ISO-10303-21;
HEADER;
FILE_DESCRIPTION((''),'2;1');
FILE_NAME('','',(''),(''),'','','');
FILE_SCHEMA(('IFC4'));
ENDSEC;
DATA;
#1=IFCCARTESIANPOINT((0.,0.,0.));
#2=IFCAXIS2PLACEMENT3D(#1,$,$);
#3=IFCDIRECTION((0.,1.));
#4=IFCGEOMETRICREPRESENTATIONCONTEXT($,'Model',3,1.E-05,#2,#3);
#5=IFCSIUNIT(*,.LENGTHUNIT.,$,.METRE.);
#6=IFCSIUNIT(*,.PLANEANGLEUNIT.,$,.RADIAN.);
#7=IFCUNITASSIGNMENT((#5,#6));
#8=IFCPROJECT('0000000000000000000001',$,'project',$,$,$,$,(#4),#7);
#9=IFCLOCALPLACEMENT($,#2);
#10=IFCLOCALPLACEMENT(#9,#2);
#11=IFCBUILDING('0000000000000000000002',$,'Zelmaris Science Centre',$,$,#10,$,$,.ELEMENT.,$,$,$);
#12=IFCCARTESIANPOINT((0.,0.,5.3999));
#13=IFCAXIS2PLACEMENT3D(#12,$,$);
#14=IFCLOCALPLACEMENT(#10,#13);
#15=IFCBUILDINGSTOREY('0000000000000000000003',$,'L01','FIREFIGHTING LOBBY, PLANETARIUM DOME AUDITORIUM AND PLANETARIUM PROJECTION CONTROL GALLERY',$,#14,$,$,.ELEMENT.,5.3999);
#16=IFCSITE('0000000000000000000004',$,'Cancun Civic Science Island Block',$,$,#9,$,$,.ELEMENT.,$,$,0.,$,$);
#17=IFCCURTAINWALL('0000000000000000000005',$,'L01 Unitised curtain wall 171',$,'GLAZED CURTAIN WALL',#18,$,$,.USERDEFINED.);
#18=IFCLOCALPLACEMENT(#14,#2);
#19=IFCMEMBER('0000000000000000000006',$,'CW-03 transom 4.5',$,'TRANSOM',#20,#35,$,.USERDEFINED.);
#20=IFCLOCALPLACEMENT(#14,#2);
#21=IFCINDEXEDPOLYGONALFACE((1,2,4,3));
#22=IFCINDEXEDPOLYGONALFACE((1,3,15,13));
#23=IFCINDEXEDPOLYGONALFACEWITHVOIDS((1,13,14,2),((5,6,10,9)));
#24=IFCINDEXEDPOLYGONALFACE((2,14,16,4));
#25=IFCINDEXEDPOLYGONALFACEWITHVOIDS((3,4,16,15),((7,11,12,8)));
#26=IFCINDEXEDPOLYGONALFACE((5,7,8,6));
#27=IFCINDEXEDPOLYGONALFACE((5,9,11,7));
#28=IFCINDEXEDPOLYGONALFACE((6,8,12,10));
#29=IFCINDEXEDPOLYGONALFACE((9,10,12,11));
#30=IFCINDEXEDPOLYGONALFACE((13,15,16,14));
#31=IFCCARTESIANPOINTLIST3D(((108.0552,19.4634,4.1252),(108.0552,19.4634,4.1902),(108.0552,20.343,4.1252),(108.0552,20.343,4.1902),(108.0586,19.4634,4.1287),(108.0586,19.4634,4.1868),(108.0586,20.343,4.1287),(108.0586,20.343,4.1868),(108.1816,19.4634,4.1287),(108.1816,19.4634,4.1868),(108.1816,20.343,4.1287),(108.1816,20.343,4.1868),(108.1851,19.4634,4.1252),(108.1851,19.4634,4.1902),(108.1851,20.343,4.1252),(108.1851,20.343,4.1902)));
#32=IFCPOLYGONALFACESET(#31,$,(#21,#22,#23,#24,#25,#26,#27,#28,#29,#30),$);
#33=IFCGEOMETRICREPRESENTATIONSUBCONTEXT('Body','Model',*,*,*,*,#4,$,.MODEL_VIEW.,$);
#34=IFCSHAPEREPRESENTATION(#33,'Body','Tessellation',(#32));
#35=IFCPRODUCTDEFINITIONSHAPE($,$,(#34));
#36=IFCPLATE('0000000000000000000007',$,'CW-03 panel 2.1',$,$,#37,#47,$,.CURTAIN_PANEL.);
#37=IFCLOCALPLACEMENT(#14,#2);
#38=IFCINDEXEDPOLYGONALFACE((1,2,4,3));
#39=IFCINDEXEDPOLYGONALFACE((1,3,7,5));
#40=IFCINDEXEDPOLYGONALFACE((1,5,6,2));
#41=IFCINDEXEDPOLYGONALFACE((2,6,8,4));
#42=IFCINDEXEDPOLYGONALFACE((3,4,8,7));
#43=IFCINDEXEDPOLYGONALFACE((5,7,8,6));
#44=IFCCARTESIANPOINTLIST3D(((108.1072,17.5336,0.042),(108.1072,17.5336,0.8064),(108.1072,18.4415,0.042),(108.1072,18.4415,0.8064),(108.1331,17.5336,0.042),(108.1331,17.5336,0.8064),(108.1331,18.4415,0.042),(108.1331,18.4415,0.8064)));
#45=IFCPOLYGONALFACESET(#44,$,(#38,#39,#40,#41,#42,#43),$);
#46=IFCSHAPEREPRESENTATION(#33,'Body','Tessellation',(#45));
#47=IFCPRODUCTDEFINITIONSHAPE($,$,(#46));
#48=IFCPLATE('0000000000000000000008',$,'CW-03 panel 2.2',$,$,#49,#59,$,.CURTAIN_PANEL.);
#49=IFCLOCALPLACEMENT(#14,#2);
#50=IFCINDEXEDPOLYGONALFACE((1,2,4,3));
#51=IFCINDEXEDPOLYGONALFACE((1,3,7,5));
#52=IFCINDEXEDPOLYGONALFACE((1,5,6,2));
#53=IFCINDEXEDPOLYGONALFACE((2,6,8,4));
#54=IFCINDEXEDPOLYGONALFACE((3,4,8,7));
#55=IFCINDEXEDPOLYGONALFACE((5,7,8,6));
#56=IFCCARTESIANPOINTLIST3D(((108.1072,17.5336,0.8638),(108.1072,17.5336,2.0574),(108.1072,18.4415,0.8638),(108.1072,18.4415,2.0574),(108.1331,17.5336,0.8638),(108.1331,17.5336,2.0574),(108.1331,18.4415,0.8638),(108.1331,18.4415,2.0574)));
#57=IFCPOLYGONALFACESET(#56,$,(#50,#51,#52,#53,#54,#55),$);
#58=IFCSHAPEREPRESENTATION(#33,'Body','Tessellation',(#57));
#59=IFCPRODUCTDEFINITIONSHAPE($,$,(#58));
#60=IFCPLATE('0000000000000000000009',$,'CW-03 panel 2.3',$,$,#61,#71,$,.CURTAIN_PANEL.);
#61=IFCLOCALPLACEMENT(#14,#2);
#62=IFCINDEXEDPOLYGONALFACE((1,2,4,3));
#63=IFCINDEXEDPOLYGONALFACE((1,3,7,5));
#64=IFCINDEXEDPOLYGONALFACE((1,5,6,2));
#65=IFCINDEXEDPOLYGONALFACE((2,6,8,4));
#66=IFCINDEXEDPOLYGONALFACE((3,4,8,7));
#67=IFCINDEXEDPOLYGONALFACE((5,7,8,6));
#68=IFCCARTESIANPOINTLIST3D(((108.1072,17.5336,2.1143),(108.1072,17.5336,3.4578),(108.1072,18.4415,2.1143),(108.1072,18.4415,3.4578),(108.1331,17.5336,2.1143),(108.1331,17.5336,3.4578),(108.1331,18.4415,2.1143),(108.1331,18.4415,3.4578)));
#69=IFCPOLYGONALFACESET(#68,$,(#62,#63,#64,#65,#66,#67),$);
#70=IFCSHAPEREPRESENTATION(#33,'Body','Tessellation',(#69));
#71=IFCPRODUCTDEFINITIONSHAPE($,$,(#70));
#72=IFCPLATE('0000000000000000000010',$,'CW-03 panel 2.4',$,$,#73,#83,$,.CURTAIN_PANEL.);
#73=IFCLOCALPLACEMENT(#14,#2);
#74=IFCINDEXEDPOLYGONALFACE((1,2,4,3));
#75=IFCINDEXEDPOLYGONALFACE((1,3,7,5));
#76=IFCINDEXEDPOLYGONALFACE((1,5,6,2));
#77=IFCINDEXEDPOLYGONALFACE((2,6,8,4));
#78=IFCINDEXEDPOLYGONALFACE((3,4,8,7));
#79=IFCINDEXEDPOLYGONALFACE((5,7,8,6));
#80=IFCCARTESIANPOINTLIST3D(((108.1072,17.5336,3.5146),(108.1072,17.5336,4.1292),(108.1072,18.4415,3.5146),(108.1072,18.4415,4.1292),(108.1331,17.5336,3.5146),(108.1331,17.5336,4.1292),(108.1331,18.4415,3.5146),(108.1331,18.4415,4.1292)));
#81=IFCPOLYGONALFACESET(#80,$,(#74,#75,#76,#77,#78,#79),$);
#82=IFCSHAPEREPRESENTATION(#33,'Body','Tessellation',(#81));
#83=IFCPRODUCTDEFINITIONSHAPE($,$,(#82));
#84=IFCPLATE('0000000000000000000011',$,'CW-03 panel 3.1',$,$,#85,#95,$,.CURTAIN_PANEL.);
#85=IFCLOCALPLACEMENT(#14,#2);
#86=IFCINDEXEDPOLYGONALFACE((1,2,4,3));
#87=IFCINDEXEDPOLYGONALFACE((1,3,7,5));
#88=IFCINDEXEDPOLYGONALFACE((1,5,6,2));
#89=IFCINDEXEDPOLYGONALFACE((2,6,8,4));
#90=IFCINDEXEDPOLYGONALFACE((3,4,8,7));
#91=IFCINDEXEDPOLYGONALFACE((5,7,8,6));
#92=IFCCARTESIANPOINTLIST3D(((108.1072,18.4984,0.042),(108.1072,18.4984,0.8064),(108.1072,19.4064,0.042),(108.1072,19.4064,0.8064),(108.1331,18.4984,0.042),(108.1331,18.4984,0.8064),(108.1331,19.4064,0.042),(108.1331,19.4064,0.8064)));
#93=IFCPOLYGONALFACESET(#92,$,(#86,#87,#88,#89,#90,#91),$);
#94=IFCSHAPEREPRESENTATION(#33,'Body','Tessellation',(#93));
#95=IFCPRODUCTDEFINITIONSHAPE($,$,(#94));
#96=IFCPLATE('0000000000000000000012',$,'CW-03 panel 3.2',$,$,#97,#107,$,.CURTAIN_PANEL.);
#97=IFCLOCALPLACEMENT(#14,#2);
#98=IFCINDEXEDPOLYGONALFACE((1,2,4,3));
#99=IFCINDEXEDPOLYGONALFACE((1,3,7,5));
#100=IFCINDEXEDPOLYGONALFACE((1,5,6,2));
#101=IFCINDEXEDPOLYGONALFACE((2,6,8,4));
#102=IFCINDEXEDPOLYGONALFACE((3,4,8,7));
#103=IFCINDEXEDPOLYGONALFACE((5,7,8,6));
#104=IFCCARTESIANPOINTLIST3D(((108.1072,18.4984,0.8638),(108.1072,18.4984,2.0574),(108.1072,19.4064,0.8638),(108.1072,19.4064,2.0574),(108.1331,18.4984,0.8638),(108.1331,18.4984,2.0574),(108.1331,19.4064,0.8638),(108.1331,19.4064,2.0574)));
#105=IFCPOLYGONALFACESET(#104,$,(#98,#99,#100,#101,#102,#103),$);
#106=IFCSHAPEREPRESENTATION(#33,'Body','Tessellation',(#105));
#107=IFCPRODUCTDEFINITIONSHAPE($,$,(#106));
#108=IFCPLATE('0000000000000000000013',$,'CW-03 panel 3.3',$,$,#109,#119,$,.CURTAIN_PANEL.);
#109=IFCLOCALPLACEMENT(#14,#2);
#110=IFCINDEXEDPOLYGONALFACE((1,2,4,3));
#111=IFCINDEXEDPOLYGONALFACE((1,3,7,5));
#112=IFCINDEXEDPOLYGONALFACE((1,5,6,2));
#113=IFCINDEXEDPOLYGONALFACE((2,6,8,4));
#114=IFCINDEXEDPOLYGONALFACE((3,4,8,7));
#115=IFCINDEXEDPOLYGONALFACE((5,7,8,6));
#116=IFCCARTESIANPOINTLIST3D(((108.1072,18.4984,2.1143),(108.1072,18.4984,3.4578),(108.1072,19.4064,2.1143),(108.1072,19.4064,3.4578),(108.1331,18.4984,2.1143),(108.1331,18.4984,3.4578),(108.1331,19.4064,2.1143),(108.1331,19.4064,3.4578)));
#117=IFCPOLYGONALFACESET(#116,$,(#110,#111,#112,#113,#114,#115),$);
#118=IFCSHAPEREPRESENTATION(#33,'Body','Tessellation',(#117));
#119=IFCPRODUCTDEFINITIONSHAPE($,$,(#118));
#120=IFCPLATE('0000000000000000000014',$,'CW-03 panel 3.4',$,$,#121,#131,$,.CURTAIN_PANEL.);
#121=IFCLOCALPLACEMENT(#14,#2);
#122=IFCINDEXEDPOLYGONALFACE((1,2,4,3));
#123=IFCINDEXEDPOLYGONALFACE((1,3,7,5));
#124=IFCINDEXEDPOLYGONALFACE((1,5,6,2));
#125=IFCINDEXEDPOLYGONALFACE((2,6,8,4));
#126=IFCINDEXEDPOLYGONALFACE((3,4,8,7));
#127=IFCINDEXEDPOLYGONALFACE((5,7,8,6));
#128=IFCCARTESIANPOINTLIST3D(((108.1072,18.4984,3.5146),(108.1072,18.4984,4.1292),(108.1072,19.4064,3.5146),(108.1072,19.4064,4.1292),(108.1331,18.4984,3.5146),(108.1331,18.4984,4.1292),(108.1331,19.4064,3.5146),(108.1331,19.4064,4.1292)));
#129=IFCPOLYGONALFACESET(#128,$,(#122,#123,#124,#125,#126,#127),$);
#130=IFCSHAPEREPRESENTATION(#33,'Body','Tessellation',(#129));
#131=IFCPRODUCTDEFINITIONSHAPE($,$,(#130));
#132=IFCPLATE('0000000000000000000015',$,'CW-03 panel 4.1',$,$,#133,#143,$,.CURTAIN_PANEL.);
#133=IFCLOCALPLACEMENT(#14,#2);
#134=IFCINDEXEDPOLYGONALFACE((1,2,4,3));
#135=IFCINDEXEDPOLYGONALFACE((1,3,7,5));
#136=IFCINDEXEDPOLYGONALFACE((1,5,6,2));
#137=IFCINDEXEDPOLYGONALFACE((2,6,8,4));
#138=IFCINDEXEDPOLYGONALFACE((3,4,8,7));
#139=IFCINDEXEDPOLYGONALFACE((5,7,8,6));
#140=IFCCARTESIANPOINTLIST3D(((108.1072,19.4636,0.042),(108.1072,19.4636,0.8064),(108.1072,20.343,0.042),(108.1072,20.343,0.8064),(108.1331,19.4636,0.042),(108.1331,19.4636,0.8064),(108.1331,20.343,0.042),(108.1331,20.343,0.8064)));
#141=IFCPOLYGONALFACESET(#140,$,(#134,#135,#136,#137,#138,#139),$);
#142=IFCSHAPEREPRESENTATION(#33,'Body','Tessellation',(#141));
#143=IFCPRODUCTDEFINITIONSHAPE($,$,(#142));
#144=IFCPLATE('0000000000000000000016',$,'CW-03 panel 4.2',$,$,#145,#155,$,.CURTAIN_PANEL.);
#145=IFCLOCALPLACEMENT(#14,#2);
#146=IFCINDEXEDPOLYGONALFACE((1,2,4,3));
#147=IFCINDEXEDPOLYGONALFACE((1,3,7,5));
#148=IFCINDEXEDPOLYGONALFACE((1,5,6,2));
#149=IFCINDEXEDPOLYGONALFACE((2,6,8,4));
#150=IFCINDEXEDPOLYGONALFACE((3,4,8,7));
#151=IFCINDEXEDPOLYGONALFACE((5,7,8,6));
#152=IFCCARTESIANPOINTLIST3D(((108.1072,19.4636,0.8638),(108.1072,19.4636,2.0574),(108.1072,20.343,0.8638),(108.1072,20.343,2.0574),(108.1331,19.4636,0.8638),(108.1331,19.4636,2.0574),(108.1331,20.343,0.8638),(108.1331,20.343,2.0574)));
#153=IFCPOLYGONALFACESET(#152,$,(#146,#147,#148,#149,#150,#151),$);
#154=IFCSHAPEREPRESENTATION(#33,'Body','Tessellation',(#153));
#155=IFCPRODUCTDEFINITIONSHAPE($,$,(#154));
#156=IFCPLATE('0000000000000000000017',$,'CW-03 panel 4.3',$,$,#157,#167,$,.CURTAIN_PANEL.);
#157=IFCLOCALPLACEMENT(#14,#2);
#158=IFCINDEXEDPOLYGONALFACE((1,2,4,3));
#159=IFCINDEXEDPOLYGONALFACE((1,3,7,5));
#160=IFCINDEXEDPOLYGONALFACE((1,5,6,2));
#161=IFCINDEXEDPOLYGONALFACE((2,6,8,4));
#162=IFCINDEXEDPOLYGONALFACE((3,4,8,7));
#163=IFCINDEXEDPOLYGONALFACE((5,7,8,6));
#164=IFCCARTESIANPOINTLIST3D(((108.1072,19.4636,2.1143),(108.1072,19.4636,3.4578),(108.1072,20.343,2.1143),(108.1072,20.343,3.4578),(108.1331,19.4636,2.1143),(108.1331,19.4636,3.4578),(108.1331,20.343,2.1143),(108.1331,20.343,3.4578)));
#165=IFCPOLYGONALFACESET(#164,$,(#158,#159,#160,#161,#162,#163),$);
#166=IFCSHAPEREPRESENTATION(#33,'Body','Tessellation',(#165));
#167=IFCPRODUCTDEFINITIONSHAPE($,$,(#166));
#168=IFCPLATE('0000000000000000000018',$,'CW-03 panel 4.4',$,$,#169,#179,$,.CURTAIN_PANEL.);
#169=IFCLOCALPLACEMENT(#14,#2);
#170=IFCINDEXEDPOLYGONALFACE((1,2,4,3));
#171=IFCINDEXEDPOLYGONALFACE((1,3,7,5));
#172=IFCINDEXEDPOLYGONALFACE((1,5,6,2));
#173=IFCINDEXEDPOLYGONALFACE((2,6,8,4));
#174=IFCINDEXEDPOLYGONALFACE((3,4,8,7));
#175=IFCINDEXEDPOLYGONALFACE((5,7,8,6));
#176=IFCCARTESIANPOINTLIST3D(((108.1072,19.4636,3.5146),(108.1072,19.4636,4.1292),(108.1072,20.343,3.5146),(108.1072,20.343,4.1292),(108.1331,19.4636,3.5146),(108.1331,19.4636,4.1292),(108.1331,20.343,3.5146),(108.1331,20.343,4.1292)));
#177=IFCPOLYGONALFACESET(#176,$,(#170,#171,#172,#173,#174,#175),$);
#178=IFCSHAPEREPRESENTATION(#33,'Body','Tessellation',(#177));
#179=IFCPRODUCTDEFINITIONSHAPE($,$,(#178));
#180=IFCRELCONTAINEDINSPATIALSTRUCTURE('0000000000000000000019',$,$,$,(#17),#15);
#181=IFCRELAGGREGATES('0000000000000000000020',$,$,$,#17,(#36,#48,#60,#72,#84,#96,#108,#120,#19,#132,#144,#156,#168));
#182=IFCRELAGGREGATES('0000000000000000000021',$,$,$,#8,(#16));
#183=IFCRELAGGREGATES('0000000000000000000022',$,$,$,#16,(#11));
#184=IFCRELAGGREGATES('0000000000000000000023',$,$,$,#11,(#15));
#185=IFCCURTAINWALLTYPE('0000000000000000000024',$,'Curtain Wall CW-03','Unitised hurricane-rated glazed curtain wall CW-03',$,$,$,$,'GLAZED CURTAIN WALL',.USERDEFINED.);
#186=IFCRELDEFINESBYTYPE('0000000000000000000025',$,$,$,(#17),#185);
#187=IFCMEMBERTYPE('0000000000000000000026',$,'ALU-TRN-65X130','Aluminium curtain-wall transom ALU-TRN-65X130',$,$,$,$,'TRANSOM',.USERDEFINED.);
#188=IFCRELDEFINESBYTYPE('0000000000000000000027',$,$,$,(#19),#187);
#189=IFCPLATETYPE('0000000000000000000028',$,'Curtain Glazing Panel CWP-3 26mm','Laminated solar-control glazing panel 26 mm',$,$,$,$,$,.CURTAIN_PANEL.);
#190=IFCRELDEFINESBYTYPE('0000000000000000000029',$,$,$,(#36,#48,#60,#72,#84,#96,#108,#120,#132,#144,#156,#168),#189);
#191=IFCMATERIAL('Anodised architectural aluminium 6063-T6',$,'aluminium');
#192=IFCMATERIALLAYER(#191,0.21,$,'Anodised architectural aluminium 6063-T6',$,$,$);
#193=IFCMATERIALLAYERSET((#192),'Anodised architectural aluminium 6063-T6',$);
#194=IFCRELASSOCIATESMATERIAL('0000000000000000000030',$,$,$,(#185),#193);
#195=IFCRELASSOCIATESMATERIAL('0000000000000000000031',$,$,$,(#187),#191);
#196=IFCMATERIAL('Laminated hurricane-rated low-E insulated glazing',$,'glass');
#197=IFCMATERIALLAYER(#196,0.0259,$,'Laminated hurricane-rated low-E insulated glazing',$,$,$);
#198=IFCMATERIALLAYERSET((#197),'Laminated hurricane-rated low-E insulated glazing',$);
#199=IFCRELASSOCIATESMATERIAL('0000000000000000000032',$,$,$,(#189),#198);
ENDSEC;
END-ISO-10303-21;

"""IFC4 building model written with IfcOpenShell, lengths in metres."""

from ifc_helpers import new_model, si_unit, direction, frame, origin, origin_2d, place, context, subcontext, project, spatial, rectangle, hollow_rectangle, extrude, material, layer, layer_set, material_profile, profile_set, type_object, element, aggregate, save


model = new_model("IFC4")

# Units and contexts
model_context = context("Model", 3, precision=1e-05, world=origin(), true_north=direction((0.0, 1.0)))
body_context = subcontext(model_context, "Body", "Model", "MODEL_VIEW")
ifc_project = project(units=[si_unit("LENGTHUNIT", "METRE"), si_unit("PLANEANGLEUNIT", "RADIAN")], contexts=[model_context])

# Site, building, storey
site_placement = place(None, origin())
site = spatial("IfcSite", under=ifc_project, at=site_placement, Name="Cancun Civic Science Island Block", CompositionType="ELEMENT", RefElevation=0.0)
building_placement = place(site_placement, origin())
building = spatial("IfcBuilding", under=site, at=building_placement, Name="Zelmaris Science Centre", CompositionType="ELEMENT")
storey_placement = place(building_placement, frame((0.0, 0.0, 5.3999)))
storey = spatial("IfcBuildingStorey", under=building, at=storey_placement, Name="L01", Description="FIREFIGHTING LOBBY, PLANETARIUM DOME AUDITORIUM AND PLANETARIUM PROJECTION CONTROL GALLERY", CompositionType="ELEMENT", Elevation=5.3999)

# Curtain wall, member, plates
ifc_material_1 = material(Name="Anodised architectural aluminium 6063-T6", Category="aluminium")
ifc_layer_1 = layer(ifc_material_1, 0.21, Name="Anodised architectural aluminium 6063-T6")
ifc_layer_set_1 = layer_set([ifc_layer_1], Name="Anodised architectural aluminium 6063-T6")
curtain_wall_type = type_object("IfcCurtainWallType", Name="Curtain Wall CW-03", Description="Unitised hurricane-rated glazed curtain wall CW-03", ElementType="GLAZED CURTAIN WALL", PredefinedType="USERDEFINED", material=ifc_layer_set_1)
curtain_wall_placement = place(storey_placement, origin())
curtain_wall = element("IfcCurtainWall", 1, at=curtain_wall_placement, inside=storey, type_object=curtain_wall_type, Name="L01 Unitised curtain wall 171", ObjectType="GLAZED CURTAIN WALL", PredefinedType="USERDEFINED")
ifc_material_profile_1 = material_profile(ifc_material_1, hollow_rectangle(XDim=0.0649, YDim=0.1299, WallThickness=0.0034, at=origin_2d()), Name="ALU-TRN-65X130")
ifc_profile_set_1 = profile_set([ifc_material_profile_1], Name="Anodised architectural aluminium 6063-T6")
member_type_1 = type_object("IfcMemberType", Name="ALU-TRN-65X130", Description="Aluminium curtain-wall transom ALU-TRN-65X130", ElementType="TRANSOM", PredefinedType="USERDEFINED", material=ifc_profile_set_1)
member_1_placement = place(storey_placement, frame((108.1201, 19.4634, 4.1577), z_axis=(0.0, 1.0, 0.0), x_axis=(0.0, 0.0, 1.0)))
member_1 = element("IfcMember", 2, at=member_1_placement, type_object=member_type_1, Name="CW-03 transom 4.5", ObjectType="TRANSOM", PredefinedType="USERDEFINED", context=body_context, shape_type="SweptSolid", body=[
    extrude(hollow_rectangle(XDim=0.0649, YDim=0.1299, WallThickness=0.0034, at=origin_2d()), origin(), (0.0, 0.0, 1.0), 0.8796),
])
ifc_material_2 = material(Name="Laminated hurricane-rated low-E insulated glazing", Category="glass")
ifc_layer_2 = layer(ifc_material_2, 0.0259, Name="Laminated hurricane-rated low-E insulated glazing")
ifc_layer_set_2 = layer_set([ifc_layer_2], Name="Laminated hurricane-rated low-E insulated glazing")
plate_type = type_object("IfcPlateType", Name="Curtain Glazing Panel CWP-3 26mm", Description="Laminated solar-control glazing panel 26 mm", PredefinedType="CURTAIN_PANEL", material=ifc_layer_set_2)
plate_1_placement = place(storey_placement, frame((108.1201, 17.9875, 0.042), z_axis=(0.0, 0.0, 1.0), x_axis=(0.0, 1.0, 0.0)))
plate_1 = element("IfcPlate", 3, at=plate_1_placement, type_object=plate_type, Name="CW-03 panel 2.1", PredefinedType="CURTAIN_PANEL", context=body_context, shape_type="SweptSolid", body=[
    extrude(rectangle(XDim=0.908, YDim=0.0259, at=origin_2d()), origin(), (0.0, 0.0, 1.0), 0.7644),
])
plate_2_placement = place(storey_placement, frame((108.1201, 17.9875, 0.8638), z_axis=(0.0, 0.0, 1.0), x_axis=(0.0, 1.0, 0.0)))
plate_2 = element("IfcPlate", 4, at=plate_2_placement, type_object=plate_type, Name="CW-03 panel 2.2", PredefinedType="CURTAIN_PANEL", context=body_context, shape_type="SweptSolid", body=[
    extrude(rectangle(XDim=0.908, YDim=0.0259, at=origin_2d()), origin(), (0.0, 0.0, 1.0), 1.1936),
])
plate_3_placement = place(storey_placement, frame((108.1201, 17.9875, 2.1143), z_axis=(0.0, 0.0, 1.0), x_axis=(0.0, 1.0, 0.0)))
plate_3 = element("IfcPlate", 5, at=plate_3_placement, type_object=plate_type, Name="CW-03 panel 2.3", PredefinedType="CURTAIN_PANEL", context=body_context, shape_type="SweptSolid", body=[
    extrude(rectangle(XDim=0.908, YDim=0.0259, at=origin_2d()), origin(), (0.0, 0.0, 1.0), 1.3435),
])
plate_4_placement = place(storey_placement, frame((108.1201, 17.9875, 3.5146), z_axis=(0.0, 0.0, 1.0), x_axis=(0.0, 1.0, 0.0)))
plate_4 = element("IfcPlate", 6, at=plate_4_placement, type_object=plate_type, Name="CW-03 panel 2.4", PredefinedType="CURTAIN_PANEL", context=body_context, shape_type="SweptSolid", body=[
    extrude(rectangle(XDim=0.908, YDim=0.0259, at=origin_2d()), origin(), (0.0, 0.0, 1.0), 0.6145),
])
plate_5_placement = place(storey_placement, frame((108.1201, 18.9524, 0.042), z_axis=(0.0, 0.0, 1.0), x_axis=(0.0, 1.0, 0.0)))
plate_5 = element("IfcPlate", 7, at=plate_5_placement, type_object=plate_type, Name="CW-03 panel 3.1", PredefinedType="CURTAIN_PANEL", context=body_context, shape_type="SweptSolid", body=[
    extrude(rectangle(XDim=0.908, YDim=0.0259, at=origin_2d()), origin(), (0.0, 0.0, 1.0), 0.7644),
])
plate_6_placement = place(storey_placement, frame((108.1201, 18.9524, 0.8638), z_axis=(0.0, 0.0, 1.0), x_axis=(0.0, 1.0, 0.0)))
plate_6 = element("IfcPlate", 8, at=plate_6_placement, type_object=plate_type, Name="CW-03 panel 3.2", PredefinedType="CURTAIN_PANEL", context=body_context, shape_type="SweptSolid", body=[
    extrude(rectangle(XDim=0.908, YDim=0.0259, at=origin_2d()), origin(), (0.0, 0.0, 1.0), 1.1936),
])
plate_7_placement = place(storey_placement, frame((108.1201, 18.9524, 2.1143), z_axis=(0.0, 0.0, 1.0), x_axis=(0.0, 1.0, 0.0)))
plate_7 = element("IfcPlate", 9, at=plate_7_placement, type_object=plate_type, Name="CW-03 panel 3.3", PredefinedType="CURTAIN_PANEL", context=body_context, shape_type="SweptSolid", body=[
    extrude(rectangle(XDim=0.908, YDim=0.0259, at=origin_2d()), origin(), (0.0, 0.0, 1.0), 1.3435),
])
plate_8_placement = place(storey_placement, frame((108.1201, 18.9524, 3.5146), z_axis=(0.0, 0.0, 1.0), x_axis=(0.0, 1.0, 0.0)))
plate_8 = element("IfcPlate", 10, at=plate_8_placement, type_object=plate_type, Name="CW-03 panel 3.4", PredefinedType="CURTAIN_PANEL", context=body_context, shape_type="SweptSolid", body=[
    extrude(rectangle(XDim=0.908, YDim=0.0259, at=origin_2d()), origin(), (0.0, 0.0, 1.0), 0.6145),
])
plate_9_placement = place(storey_placement, frame((108.1201, 19.9033, 0.042), z_axis=(0.0, 0.0, 1.0), x_axis=(0.0, 1.0, 0.0)))
plate_9 = element("IfcPlate", 11, at=plate_9_placement, type_object=plate_type, Name="CW-03 panel 4.1", PredefinedType="CURTAIN_PANEL", context=body_context, shape_type="SweptSolid", body=[
    extrude(rectangle(XDim=0.8794, YDim=0.0259, at=origin_2d()), origin(), (0.0, 0.0, 1.0), 0.7644),
])
plate_10_placement = place(storey_placement, frame((108.1201, 19.9033, 0.8638), z_axis=(0.0, 0.0, 1.0), x_axis=(0.0, 1.0, 0.0)))
plate_10 = element("IfcPlate", 12, at=plate_10_placement, type_object=plate_type, Name="CW-03 panel 4.2", PredefinedType="CURTAIN_PANEL", context=body_context, shape_type="SweptSolid", body=[
    extrude(rectangle(XDim=0.8794, YDim=0.0259, at=origin_2d()), origin(), (0.0, 0.0, 1.0), 1.1936),
])
plate_11_placement = place(storey_placement, frame((108.1201, 19.9033, 2.1143), z_axis=(0.0, 0.0, 1.0), x_axis=(0.0, 1.0, 0.0)))
plate_11 = element("IfcPlate", 13, at=plate_11_placement, type_object=plate_type, Name="CW-03 panel 4.3", PredefinedType="CURTAIN_PANEL", context=body_context, shape_type="SweptSolid", body=[
    extrude(rectangle(XDim=0.8794, YDim=0.0259, at=origin_2d()), origin(), (0.0, 0.0, 1.0), 1.3435),
])
plate_12_placement = place(storey_placement, frame((108.1201, 19.9033, 3.5146), z_axis=(0.0, 0.0, 1.0), x_axis=(0.0, 1.0, 0.0)))
plate_12 = element("IfcPlate", 14, at=plate_12_placement, type_object=plate_type, Name="CW-03 panel 4.4", PredefinedType="CURTAIN_PANEL", context=body_context, shape_type="SweptSolid", body=[
    extrude(rectangle(XDim=0.8794, YDim=0.0259, at=origin_2d()), origin(), (0.0, 0.0, 1.0), 0.6145),
])
aggregate(curtain_wall, [plate_1, plate_2, plate_3, plate_4, plate_5, plate_6, plate_7, plate_8, member_1, plate_9, plate_10, plate_11, plate_12])

save(model, "model.ifc")
